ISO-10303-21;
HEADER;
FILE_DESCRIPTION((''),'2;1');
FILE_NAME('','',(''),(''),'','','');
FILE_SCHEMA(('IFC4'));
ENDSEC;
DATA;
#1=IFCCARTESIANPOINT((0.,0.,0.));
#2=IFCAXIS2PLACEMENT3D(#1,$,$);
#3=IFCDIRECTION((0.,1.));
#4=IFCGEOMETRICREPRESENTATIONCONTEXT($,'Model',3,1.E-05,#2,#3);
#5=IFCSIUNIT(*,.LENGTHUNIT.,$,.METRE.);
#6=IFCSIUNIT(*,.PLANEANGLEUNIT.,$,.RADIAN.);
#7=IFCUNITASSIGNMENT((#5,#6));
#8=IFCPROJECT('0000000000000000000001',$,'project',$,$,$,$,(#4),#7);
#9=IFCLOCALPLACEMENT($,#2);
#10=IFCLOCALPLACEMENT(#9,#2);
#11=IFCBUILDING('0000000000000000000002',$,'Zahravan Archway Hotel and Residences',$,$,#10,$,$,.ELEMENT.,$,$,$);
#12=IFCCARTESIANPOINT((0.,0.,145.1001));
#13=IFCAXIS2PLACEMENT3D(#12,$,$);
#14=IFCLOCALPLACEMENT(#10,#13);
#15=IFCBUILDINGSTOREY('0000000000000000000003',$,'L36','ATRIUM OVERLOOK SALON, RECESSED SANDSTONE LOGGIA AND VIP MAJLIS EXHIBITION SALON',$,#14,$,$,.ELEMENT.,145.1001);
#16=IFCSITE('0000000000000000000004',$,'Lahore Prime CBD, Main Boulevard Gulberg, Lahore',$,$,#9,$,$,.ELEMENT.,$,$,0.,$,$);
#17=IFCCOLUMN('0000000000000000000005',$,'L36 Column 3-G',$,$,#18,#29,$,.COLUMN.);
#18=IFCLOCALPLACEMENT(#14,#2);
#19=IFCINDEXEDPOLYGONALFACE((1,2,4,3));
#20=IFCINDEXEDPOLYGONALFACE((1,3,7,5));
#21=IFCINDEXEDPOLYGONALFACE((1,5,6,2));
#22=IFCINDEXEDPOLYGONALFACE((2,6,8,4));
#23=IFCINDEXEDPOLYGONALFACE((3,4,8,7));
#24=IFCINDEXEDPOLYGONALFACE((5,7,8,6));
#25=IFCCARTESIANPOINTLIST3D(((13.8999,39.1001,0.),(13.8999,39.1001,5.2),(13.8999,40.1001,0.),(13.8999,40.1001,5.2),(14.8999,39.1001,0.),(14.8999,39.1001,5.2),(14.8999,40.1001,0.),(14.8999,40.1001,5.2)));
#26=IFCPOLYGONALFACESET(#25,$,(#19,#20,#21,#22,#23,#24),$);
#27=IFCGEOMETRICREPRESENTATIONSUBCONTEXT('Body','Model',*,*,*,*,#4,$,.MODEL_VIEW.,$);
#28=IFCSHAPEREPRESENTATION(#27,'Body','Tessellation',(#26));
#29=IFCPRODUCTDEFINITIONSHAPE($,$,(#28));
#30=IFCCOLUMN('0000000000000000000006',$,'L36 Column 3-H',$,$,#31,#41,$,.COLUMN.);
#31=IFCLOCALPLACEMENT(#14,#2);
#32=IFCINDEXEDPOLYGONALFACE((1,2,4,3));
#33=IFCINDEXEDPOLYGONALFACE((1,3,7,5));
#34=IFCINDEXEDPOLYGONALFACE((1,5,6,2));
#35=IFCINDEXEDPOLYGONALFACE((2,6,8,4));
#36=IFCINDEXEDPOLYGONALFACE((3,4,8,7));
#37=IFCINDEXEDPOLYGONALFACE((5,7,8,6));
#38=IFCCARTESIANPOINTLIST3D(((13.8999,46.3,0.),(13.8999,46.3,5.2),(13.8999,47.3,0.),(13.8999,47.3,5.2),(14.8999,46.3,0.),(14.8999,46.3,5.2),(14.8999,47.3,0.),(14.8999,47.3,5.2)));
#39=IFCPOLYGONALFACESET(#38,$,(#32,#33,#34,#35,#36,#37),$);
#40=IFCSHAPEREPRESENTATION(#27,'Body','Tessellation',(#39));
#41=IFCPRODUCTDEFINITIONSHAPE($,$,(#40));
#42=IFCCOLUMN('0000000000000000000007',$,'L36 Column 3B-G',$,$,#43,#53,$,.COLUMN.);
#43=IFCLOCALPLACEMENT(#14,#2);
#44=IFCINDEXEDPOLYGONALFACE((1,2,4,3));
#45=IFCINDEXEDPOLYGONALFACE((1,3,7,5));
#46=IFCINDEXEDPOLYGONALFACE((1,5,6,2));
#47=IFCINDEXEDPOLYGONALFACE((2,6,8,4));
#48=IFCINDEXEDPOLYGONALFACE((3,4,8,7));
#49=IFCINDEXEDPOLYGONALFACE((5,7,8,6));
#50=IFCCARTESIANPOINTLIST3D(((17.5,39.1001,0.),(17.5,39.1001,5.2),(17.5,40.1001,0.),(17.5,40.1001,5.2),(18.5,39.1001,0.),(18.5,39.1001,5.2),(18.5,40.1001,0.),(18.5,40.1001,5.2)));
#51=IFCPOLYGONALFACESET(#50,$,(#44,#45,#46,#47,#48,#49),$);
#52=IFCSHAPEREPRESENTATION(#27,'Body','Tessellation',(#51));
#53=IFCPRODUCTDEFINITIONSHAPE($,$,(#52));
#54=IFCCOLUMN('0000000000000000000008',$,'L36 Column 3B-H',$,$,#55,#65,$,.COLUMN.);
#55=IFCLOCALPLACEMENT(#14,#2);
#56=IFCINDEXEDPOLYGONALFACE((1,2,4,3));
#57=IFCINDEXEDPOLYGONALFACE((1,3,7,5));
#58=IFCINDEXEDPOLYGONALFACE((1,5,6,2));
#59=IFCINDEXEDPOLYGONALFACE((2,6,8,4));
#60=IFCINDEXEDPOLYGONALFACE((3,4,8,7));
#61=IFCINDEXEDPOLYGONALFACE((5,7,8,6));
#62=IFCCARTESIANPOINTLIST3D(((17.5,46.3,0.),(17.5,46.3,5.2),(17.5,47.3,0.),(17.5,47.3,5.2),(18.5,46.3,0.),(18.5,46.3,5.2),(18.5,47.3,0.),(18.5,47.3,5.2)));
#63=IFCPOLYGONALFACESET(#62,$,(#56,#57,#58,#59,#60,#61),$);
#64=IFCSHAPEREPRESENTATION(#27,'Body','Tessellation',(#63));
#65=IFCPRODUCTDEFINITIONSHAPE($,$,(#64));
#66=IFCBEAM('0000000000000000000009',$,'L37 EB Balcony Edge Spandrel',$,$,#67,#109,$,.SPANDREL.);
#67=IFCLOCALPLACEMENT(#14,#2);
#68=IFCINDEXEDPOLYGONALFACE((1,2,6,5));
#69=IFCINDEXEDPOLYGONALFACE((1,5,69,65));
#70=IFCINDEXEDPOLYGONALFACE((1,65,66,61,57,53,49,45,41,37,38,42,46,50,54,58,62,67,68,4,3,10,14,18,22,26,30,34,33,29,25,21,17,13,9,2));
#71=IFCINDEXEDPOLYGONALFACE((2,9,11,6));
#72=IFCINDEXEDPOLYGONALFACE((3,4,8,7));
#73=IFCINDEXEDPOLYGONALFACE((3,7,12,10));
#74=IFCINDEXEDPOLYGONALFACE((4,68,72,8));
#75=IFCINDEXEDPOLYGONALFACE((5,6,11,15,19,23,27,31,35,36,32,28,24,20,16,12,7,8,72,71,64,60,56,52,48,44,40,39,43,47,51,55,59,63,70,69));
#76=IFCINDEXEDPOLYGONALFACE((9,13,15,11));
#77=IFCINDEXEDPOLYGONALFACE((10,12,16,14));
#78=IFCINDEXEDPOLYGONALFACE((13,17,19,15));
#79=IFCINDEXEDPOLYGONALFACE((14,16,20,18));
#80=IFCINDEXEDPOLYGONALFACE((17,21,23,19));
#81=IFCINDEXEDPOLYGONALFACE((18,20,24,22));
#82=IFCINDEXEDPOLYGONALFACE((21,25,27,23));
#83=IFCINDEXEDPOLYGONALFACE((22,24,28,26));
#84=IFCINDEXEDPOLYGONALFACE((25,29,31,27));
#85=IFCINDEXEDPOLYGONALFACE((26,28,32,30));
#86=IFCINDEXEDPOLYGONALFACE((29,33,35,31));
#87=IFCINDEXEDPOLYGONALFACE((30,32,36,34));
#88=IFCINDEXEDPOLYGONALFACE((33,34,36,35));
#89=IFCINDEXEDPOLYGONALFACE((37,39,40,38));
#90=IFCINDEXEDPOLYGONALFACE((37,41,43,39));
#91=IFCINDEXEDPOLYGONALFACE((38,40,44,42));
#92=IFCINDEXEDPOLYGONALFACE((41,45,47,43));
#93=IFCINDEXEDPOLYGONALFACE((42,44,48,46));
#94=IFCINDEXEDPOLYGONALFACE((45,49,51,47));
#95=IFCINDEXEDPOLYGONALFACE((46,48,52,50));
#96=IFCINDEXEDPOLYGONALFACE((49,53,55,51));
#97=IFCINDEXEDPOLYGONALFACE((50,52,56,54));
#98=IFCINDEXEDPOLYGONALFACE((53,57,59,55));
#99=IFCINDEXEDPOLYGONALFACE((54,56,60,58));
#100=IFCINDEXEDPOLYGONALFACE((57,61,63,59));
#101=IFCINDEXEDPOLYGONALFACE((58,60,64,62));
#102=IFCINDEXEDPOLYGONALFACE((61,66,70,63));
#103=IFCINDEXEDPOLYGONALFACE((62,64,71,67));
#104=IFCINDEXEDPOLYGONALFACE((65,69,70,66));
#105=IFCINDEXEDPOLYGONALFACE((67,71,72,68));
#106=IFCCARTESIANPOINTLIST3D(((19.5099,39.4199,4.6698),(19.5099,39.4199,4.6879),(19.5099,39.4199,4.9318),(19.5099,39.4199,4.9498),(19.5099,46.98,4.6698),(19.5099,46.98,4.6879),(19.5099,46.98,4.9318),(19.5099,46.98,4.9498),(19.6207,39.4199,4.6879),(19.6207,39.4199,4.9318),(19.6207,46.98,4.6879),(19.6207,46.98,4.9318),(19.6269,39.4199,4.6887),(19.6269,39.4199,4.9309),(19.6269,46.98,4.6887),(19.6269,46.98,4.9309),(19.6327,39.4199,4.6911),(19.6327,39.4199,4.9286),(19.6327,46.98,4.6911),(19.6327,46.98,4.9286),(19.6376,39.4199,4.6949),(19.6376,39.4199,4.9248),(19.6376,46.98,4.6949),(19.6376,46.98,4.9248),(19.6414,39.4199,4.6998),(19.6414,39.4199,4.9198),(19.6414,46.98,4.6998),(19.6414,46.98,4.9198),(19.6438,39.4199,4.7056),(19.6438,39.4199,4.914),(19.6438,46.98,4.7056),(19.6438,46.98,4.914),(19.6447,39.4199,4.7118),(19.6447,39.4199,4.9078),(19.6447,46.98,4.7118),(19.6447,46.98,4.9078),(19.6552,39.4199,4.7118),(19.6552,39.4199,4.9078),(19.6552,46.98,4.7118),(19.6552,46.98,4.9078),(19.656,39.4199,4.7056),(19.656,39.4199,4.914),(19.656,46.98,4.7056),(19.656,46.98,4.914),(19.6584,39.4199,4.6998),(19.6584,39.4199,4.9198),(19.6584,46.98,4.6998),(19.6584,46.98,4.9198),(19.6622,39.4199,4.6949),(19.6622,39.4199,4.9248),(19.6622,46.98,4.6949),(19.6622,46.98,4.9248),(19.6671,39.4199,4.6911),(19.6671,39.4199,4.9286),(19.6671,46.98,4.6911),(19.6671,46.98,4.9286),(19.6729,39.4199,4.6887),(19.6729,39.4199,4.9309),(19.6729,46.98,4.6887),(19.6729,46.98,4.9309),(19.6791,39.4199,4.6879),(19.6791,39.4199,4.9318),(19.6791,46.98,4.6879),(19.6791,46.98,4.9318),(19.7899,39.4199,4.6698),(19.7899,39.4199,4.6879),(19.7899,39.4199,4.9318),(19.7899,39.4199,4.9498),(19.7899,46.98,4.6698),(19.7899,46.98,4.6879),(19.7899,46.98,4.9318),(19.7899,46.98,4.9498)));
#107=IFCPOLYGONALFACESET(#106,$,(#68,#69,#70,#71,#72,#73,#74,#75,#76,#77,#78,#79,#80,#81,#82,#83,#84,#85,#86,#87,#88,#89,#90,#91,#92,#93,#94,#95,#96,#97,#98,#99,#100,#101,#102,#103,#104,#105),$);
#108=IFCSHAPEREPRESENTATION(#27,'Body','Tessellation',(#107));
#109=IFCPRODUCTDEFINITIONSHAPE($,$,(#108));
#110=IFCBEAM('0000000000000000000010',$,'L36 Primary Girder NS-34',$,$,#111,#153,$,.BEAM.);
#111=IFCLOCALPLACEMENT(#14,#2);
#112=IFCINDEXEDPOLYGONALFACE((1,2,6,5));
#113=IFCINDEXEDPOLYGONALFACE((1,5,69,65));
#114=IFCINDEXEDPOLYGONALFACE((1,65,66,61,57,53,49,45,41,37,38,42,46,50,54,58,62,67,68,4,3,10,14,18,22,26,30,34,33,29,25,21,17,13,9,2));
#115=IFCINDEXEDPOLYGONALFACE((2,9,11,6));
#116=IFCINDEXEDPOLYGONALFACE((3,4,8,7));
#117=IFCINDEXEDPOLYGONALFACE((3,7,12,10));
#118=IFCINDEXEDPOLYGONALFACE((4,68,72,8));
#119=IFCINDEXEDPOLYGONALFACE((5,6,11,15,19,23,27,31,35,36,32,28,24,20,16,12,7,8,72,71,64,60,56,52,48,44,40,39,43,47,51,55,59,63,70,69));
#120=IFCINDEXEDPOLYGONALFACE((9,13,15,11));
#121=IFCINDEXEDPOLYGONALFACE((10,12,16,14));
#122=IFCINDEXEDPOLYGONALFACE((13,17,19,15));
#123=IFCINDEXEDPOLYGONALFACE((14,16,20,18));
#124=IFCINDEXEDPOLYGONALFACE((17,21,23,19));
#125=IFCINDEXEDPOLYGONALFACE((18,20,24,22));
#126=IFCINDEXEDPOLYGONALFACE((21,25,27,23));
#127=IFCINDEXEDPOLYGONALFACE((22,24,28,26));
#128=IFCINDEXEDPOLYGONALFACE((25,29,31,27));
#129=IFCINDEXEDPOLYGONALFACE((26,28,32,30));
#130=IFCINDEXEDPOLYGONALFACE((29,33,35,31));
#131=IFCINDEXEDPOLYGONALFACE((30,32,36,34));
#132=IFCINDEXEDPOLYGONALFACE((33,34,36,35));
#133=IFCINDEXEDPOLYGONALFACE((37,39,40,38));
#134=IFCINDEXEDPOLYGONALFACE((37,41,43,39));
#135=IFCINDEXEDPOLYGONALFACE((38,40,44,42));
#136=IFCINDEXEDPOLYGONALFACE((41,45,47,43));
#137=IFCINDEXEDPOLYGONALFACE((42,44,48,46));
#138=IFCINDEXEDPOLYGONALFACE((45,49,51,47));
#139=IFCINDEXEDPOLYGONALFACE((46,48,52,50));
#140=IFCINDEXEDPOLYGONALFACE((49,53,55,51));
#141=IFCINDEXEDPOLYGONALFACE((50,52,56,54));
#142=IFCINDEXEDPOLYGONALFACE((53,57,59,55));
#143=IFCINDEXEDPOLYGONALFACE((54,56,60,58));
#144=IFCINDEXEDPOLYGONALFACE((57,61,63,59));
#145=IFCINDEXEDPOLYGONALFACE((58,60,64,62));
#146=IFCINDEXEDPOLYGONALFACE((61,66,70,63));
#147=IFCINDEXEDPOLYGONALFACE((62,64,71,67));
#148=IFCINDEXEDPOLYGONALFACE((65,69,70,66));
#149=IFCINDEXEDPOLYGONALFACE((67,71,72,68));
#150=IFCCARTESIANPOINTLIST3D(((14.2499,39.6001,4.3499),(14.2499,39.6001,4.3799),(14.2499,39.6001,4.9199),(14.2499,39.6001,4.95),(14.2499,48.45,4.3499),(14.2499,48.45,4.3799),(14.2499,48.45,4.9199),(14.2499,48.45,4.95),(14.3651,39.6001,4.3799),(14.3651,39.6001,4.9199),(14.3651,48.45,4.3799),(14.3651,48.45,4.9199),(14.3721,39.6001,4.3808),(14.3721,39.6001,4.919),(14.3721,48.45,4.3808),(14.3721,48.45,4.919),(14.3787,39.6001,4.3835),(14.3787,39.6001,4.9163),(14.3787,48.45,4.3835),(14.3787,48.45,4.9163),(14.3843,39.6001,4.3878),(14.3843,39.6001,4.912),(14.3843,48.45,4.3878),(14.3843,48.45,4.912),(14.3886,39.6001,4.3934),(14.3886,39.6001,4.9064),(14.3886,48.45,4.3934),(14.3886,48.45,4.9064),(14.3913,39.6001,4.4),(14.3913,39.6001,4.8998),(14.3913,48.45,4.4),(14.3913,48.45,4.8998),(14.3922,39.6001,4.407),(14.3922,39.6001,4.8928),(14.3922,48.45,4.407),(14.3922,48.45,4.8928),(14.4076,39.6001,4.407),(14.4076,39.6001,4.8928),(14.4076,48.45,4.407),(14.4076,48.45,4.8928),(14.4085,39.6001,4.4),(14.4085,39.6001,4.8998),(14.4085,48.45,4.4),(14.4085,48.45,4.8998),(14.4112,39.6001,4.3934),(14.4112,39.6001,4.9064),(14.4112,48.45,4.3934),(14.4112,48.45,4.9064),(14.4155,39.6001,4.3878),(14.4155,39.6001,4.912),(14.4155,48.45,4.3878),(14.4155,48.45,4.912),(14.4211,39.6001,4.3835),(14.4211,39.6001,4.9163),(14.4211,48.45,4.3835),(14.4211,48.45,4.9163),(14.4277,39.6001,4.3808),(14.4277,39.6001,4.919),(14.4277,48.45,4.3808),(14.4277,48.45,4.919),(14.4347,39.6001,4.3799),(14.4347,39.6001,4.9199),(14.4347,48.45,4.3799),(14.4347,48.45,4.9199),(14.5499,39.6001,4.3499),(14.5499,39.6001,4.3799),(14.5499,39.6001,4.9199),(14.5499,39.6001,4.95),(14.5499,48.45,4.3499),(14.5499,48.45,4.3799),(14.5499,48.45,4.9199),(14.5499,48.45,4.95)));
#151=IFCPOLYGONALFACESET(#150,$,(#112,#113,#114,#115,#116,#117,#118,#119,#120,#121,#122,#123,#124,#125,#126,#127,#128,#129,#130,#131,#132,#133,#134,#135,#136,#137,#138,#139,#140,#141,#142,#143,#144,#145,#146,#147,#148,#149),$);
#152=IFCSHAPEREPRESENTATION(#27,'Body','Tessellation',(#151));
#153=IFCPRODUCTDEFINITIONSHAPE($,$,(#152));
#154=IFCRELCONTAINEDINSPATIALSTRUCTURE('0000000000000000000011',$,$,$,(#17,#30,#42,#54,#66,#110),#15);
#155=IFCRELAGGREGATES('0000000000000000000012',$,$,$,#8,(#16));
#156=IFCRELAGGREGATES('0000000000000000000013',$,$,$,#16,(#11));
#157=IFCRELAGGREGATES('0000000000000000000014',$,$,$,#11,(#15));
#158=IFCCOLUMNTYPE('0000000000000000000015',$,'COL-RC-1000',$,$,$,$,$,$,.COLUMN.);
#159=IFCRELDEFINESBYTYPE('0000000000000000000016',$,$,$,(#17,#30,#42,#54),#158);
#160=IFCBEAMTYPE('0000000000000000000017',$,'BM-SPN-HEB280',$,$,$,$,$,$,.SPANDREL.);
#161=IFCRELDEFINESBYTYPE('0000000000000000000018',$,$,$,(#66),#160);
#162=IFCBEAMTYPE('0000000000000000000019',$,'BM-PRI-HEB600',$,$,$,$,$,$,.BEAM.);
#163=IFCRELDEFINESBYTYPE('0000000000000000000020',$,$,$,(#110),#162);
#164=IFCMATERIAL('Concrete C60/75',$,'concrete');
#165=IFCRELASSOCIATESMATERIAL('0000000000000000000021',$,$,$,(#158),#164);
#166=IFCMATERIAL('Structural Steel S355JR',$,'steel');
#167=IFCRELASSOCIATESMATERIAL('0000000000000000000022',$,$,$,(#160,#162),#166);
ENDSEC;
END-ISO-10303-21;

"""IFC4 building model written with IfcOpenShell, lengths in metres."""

from ifc_helpers import new_model, si_unit, direction, frame, origin, origin_2d, place, context, subcontext, project, spatial, rectangle, i_section, extrude, source, transform, mapped, material, material_profile, profile_set, type_object, type_shapes, element, save


model = new_model("IFC4")

# Units and contexts
model_context = context("Model", 3, precision=1e-05, world=origin(), true_north=direction((0.0, 1.0)))
body_context = subcontext(model_context, "Body", "Model", "MODEL_VIEW")
ifc_project = project(units=[si_unit("LENGTHUNIT", "METRE"), si_unit("PLANEANGLEUNIT", "RADIAN")], contexts=[model_context])

# Site, building, storey
site_placement = place(None, origin())
site = spatial("IfcSite", under=ifc_project, at=site_placement, Name="Lahore Prime CBD, Main Boulevard Gulberg, Lahore", CompositionType="ELEMENT", RefElevation=0.0)
building_placement = place(site_placement, origin())
building = spatial("IfcBuilding", under=site, at=building_placement, Name="Zahravan Archway Hotel and Residences", CompositionType="ELEMENT")
storey_placement = place(building_placement, frame((0.0, 0.0, 145.1001)))
storey = spatial("IfcBuildingStorey", under=building, at=storey_placement, Name="L36", Description="ATRIUM OVERLOOK SALON, RECESSED SANDSTONE LOGGIA AND VIP MAJLIS EXHIBITION SALON", CompositionType="ELEMENT", Elevation=145.1001)

# Columns
ifc_material_1 = material(Name="Concrete C60/75", Category="concrete")
ifc_material_profile_1 = material_profile(ifc_material_1, rectangle(XDim=1.0, YDim=1.0, at=origin_2d()), Name="RC-COL-1000x1000", Category="concrete")
ifc_profile_set_1 = profile_set([ifc_material_profile_1], Name="Concrete C60/75")
column_type = type_object("IfcColumnType", Name="COL-RC-1000", PredefinedType="COLUMN", material=ifc_profile_set_1)
shared_shape_1 = source(origin(), body_context, "Body", "SweptSolid", [
    extrude(rectangle(XDim=1.0, YDim=1.0, at=origin_2d()), origin(), (0.0, 0.0, 1.0), 5.2),
])
for number, where, z_axis, x_axis, name in (
    (1, (14.3999, 39.6001, 0.0), (0.0, 0.0, 1.0), (1.0, 0.0, 0.0), "L36 Column 3-G"),
    (2, (14.3999, 46.8, 0.0), (0.0, 0.0, 1.0), (1.0, 0.0, 0.0), "L36 Column 3-H"),
    (3, (18.0, 39.6001, 0.0), (0.0, 0.0, 1.0), (1.0, 0.0, 0.0), "L36 Column 3B-G"),
    (4, (18.0, 46.8, 0.0), (0.0, 0.0, 1.0), (1.0, 0.0, 0.0), "L36 Column 3B-H"),
):
    element("IfcColumn", number, at=place(storey_placement, frame(where, z_axis=z_axis, x_axis=x_axis)), inside=storey, type_object=column_type, Name=name, PredefinedType="COLUMN", context=body_context, shape_type="MappedRepresentation", body=[
        mapped(shared_shape_1, transform((0.0, 0.0, 0.0), scale=1.0)),
    ])

# Beams
ifc_material_2 = material(Name="Structural Steel S355JR", Category="steel")
ifc_material_profile_2 = material_profile(ifc_material_2, i_section(OverallWidth=0.28, OverallDepth=0.28, WebThickness=0.0105, FlangeThickness=0.0181, FilletRadius=0.0239, at=origin_2d()), Name="HEB 280", Category="steel")
ifc_profile_set_2 = profile_set([ifc_material_profile_2], Name="Structural Steel S355JR")
beam_type_1 = type_object("IfcBeamType", Name="BM-SPN-HEB280", PredefinedType="SPANDREL", material=ifc_profile_set_2)
shared_shape_2 = source(origin(), body_context, "Body", "SweptSolid", [
    extrude(i_section(OverallWidth=0.28, OverallDepth=0.28, WebThickness=0.0105, FlangeThickness=0.0181, FilletRadius=0.0239, at=origin_2d()), origin(), (0.0, 0.0, 1.0), 7.5601),
])
type_shapes(beam_type_1, [shared_shape_2])
beam_1_placement = place(storey_placement, frame((19.6499, 39.4199, 4.8098), z_axis=(0.0, 1.0, 0.0), x_axis=(-1.0, 0.0, 0.0)))
element("IfcBeam", 5, at=beam_1_placement, inside=storey, type_object=beam_type_1, Name="L37 EB Balcony Edge Spandrel", PredefinedType="SPANDREL", context=body_context, shape_type="MappedRepresentation", body=[
    mapped(shared_shape_2, transform((0.0, 0.0, 0.0), scale=1.0)),
])
ifc_material_profile_3 = material_profile(ifc_material_2, i_section(OverallWidth=0.3, OverallDepth=0.6001, WebThickness=0.0154, FlangeThickness=0.03, FilletRadius=0.0271, at=origin_2d()), Name="HEB 600", Category="steel")
ifc_profile_set_3 = profile_set([ifc_material_profile_3], Name="Structural Steel S355JR")
beam_type_2 = type_object("IfcBeamType", Name="BM-PRI-HEB600", PredefinedType="BEAM", material=ifc_profile_set_3)
shared_shape_3 = source(origin(), body_context, "Body", "SweptSolid", [
    extrude(i_section(OverallWidth=0.3, OverallDepth=0.6001, WebThickness=0.0154, FlangeThickness=0.03, FilletRadius=0.0271, at=origin_2d()), origin(), (0.0, 0.0, 1.0), 8.8499),
])
beam_2_placement = place(storey_placement, frame((14.3999, 39.6001, 4.6499), z_axis=(0.0, 1.0, 0.0), x_axis=(-1.0, 0.0, 0.0)))
element("IfcBeam", 6, at=beam_2_placement, inside=storey, type_object=beam_type_2, Name="L36 Primary Girder NS-34", PredefinedType="BEAM", context=body_context, shape_type="MappedRepresentation", body=[
    mapped(shared_shape_3, transform((0.0, 0.0, 0.0), scale=1.0)),
])

save(model, "model.ifc")
